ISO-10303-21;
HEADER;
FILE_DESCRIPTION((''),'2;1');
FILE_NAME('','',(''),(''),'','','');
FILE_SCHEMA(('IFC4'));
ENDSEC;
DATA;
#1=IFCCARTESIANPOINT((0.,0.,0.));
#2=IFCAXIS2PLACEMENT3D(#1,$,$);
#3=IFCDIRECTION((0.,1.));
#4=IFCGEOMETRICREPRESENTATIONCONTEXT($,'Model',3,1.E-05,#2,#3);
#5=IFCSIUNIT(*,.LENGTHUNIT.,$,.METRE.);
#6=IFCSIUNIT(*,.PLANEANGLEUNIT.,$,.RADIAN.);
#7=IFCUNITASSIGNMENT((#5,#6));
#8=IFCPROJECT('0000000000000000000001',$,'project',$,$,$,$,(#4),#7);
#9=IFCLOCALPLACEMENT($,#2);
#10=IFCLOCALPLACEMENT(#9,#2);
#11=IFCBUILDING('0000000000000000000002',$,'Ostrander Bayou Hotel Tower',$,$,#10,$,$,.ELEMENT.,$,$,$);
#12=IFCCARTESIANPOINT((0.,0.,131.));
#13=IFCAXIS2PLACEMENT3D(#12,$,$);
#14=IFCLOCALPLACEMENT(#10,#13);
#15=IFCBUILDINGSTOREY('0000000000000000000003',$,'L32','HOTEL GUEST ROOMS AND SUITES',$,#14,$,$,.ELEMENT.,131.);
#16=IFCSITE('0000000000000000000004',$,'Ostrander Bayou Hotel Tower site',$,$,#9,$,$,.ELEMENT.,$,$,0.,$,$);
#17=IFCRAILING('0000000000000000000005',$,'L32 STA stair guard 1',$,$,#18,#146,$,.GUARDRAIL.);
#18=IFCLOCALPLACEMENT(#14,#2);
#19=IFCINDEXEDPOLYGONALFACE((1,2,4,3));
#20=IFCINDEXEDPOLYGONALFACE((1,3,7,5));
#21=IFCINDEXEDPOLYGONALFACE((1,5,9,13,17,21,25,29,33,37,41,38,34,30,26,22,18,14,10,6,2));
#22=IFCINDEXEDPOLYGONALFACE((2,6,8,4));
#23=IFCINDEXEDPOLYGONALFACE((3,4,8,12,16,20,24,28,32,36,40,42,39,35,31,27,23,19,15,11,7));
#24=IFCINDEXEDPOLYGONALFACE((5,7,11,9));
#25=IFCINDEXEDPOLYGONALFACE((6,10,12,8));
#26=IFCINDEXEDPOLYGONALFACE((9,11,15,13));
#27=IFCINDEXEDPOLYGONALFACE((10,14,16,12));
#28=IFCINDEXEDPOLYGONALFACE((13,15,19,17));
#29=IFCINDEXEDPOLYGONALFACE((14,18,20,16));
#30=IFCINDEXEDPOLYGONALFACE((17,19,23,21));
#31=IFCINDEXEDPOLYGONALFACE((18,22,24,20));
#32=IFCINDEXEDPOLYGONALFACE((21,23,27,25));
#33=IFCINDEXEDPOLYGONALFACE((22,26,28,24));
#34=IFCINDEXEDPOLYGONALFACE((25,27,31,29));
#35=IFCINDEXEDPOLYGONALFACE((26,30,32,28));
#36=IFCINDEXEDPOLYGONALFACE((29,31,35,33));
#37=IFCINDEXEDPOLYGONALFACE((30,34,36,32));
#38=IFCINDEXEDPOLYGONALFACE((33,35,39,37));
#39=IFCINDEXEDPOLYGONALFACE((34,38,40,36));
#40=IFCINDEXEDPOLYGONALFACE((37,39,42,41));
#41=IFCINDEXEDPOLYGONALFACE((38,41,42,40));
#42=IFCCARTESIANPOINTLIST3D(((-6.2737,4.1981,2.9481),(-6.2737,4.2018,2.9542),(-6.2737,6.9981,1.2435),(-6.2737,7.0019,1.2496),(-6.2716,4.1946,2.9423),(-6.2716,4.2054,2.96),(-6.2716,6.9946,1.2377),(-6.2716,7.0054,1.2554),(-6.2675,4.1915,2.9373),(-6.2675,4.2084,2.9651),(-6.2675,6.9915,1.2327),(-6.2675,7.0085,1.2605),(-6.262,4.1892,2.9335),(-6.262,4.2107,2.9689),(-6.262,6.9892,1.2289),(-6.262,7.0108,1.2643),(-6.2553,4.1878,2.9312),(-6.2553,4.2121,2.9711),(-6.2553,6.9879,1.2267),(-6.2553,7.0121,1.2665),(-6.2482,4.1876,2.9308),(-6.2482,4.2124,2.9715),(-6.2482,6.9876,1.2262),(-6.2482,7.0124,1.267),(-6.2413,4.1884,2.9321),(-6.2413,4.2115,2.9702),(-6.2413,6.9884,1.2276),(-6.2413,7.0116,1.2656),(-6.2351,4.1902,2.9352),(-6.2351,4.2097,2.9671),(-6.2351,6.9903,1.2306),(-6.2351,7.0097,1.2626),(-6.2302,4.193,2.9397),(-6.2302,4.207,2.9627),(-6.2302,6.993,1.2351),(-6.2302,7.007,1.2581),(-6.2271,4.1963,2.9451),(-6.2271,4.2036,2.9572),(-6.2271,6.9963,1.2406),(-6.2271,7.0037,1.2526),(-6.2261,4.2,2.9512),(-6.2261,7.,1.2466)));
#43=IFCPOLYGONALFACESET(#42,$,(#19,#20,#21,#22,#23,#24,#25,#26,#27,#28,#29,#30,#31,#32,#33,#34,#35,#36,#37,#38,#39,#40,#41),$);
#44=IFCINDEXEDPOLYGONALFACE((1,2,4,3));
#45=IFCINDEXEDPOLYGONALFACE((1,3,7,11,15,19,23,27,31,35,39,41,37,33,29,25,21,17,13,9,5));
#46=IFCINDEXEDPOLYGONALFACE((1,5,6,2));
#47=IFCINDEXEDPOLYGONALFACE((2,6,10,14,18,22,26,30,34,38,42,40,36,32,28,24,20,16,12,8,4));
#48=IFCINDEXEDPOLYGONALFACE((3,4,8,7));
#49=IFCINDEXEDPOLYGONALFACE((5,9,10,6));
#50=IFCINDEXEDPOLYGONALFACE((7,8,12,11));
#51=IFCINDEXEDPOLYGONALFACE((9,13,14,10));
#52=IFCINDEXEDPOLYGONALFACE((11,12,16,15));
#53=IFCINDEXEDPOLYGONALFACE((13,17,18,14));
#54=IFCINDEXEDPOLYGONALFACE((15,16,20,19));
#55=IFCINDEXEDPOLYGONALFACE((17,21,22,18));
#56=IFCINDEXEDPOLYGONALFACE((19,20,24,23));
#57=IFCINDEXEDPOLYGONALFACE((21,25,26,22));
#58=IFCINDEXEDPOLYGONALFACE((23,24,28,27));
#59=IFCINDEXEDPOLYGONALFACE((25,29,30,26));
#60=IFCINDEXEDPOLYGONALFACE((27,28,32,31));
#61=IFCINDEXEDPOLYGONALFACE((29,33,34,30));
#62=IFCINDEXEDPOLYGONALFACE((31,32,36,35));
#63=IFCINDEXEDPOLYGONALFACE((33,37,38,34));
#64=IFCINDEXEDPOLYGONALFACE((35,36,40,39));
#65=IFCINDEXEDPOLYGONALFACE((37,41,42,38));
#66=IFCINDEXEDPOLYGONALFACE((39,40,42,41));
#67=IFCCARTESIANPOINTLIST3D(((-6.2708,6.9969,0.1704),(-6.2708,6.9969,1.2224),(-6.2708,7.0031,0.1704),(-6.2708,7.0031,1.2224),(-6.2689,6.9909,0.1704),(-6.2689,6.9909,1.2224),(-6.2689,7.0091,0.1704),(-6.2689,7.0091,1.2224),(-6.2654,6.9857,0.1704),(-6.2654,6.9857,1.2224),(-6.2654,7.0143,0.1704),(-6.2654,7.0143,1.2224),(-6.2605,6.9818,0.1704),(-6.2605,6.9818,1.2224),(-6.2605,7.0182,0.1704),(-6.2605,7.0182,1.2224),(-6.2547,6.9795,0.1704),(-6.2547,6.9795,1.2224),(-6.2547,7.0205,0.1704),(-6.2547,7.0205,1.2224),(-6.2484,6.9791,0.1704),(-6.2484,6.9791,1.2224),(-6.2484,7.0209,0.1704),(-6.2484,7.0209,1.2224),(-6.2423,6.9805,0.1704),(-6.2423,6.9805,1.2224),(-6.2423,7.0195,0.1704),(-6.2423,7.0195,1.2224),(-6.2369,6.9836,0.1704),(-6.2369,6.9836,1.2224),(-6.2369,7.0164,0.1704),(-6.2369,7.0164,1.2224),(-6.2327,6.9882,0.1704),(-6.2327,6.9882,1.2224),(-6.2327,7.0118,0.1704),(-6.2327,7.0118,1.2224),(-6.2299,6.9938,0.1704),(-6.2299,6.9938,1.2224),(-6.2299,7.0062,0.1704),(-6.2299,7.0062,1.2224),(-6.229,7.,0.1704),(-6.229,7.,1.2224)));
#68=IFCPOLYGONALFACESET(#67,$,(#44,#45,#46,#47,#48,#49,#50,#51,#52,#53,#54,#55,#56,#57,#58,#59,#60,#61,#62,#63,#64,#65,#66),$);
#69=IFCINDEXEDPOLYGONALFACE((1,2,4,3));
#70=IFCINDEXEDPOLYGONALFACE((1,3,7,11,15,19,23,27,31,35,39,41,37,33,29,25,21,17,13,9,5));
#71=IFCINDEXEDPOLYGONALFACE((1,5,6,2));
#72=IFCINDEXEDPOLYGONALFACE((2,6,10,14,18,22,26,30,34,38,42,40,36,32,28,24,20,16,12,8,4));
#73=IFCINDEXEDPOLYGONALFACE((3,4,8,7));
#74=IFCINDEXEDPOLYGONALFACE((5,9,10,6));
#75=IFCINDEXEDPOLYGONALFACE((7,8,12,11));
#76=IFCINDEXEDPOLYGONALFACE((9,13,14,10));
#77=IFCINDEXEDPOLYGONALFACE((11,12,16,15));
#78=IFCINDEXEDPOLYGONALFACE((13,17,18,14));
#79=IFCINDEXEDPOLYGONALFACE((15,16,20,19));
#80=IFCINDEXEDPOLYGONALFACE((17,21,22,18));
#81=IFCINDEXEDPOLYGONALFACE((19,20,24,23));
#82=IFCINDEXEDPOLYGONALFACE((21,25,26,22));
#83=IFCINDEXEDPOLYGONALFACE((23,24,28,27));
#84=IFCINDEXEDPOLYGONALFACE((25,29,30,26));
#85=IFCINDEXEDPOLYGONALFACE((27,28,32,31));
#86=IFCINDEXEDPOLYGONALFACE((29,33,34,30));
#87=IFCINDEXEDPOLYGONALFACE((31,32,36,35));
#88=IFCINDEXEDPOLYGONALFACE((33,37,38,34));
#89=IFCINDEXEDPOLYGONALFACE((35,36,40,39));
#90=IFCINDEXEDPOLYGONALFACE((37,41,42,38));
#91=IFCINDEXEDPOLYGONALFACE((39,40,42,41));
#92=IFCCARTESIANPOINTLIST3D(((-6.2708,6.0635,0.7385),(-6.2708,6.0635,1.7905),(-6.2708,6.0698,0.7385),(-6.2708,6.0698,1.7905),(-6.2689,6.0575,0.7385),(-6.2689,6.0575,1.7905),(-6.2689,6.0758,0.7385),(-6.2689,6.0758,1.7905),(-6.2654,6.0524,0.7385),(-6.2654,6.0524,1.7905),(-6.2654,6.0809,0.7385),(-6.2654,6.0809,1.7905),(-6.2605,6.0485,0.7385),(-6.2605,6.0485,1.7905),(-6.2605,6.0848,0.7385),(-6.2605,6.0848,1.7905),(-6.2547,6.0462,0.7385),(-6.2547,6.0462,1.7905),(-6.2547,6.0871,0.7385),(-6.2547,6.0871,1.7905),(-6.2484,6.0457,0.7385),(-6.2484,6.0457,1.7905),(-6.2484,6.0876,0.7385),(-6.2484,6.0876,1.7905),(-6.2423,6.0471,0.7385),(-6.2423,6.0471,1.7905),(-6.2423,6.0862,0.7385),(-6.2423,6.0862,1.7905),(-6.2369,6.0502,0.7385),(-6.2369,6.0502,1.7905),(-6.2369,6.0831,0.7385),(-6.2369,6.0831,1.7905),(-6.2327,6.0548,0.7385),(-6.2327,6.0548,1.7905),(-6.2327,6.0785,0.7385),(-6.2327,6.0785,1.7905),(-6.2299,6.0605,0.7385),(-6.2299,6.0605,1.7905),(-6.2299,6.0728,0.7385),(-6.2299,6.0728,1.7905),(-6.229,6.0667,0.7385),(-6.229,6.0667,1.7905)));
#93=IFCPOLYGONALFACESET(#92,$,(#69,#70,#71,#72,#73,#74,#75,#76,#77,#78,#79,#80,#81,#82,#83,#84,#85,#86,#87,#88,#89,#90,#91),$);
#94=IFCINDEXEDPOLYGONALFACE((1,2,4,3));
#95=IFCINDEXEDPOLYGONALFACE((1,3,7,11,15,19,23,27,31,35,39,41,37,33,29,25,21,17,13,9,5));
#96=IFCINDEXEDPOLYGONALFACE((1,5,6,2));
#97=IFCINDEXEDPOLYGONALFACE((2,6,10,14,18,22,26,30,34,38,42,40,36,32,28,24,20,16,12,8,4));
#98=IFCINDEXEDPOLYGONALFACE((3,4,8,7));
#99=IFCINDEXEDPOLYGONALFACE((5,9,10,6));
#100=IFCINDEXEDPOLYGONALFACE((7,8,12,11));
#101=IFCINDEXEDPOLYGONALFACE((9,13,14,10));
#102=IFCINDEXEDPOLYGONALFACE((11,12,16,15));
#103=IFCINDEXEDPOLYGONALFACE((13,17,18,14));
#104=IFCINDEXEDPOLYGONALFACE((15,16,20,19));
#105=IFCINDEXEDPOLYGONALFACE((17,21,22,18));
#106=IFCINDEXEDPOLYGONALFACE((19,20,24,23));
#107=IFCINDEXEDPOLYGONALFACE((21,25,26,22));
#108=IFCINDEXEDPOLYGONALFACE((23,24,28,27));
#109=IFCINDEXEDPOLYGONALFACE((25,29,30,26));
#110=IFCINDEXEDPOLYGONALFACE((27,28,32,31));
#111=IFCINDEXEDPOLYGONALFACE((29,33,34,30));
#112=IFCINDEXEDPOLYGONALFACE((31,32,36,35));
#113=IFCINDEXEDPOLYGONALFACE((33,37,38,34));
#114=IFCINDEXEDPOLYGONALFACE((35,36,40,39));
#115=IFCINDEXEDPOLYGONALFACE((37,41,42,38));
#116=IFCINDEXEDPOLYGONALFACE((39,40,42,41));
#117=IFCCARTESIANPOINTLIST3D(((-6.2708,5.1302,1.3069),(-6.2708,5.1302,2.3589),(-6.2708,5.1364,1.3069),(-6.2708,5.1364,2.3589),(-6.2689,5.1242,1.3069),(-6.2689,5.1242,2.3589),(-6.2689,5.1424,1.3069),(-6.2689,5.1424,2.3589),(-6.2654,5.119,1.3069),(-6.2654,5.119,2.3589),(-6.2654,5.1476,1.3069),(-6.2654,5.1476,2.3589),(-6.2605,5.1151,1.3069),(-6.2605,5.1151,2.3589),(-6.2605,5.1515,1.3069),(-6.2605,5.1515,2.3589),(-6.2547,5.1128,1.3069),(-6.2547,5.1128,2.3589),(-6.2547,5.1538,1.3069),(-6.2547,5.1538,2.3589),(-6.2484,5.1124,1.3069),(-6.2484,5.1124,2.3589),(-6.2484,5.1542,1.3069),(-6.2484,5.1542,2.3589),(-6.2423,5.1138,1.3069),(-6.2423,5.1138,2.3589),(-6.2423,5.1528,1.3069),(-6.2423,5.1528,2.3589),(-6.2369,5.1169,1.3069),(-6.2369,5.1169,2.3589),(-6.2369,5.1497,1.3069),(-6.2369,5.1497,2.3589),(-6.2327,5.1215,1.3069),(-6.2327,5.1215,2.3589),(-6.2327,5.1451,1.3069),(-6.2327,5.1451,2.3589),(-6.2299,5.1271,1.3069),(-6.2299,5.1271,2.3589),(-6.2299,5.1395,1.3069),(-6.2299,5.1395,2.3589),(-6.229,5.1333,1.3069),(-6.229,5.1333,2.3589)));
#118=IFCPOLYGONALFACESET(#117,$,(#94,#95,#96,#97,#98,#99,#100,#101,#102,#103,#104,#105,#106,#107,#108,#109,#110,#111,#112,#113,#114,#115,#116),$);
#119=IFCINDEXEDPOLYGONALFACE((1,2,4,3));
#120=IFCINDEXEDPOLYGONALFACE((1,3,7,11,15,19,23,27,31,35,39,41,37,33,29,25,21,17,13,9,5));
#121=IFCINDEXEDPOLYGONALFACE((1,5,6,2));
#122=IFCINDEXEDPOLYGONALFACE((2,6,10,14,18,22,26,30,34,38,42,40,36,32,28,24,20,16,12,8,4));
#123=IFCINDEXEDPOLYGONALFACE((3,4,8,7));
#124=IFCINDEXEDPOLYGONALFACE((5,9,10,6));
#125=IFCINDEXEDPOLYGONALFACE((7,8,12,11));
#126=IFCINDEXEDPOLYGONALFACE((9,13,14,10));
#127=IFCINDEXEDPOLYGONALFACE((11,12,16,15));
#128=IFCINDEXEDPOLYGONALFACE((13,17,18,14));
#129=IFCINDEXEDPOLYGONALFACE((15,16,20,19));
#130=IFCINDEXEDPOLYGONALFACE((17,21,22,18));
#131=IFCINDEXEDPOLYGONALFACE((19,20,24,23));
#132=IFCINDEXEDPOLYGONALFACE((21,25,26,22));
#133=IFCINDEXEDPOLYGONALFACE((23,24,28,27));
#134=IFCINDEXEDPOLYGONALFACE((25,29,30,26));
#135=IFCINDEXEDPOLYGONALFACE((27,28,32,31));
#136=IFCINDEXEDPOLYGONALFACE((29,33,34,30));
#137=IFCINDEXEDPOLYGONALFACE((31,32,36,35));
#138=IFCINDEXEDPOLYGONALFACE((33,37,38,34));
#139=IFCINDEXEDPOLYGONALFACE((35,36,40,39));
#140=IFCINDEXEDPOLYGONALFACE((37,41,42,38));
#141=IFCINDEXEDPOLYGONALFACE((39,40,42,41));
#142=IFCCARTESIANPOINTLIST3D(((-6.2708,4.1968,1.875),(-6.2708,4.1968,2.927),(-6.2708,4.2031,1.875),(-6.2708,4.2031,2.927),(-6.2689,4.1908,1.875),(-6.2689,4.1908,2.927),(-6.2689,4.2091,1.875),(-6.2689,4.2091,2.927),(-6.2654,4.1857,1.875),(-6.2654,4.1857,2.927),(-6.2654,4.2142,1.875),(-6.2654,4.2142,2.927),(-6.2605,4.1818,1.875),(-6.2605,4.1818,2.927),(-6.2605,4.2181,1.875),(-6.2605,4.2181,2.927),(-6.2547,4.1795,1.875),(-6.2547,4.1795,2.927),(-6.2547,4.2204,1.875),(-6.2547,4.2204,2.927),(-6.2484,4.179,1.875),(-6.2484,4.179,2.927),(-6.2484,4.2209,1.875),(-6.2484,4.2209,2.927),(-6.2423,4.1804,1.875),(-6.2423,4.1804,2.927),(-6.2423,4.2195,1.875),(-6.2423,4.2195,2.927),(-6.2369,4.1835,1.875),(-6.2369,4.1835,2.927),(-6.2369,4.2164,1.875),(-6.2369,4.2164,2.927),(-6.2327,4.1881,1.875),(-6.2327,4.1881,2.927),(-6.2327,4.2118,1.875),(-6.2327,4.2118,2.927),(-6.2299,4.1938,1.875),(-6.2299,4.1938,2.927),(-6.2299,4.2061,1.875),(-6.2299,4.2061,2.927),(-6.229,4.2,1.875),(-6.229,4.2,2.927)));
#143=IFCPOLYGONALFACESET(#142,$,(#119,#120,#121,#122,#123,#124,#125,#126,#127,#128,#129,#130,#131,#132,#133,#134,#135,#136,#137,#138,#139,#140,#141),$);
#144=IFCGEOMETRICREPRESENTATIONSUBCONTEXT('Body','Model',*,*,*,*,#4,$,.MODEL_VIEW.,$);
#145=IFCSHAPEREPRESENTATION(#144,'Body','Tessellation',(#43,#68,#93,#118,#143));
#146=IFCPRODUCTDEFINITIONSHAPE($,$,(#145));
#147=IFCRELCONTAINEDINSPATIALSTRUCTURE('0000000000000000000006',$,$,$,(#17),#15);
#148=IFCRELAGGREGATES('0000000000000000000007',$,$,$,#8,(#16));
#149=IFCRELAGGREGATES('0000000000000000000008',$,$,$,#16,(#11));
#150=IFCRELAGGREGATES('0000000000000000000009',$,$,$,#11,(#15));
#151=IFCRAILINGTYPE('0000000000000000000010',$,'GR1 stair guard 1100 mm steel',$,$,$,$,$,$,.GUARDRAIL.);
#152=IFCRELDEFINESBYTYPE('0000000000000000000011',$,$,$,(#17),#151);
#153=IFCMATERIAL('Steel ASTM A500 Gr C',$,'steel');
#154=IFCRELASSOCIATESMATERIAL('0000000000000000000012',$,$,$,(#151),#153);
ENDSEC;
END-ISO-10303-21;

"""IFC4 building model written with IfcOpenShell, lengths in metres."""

from ifc_helpers import new_model, si_unit, direction, frame, origin, origin_2d, place, context, subcontext, project, spatial, circle, extrude, material, type_object, element, save


model = new_model("IFC4")

# Units and contexts
model_context = context("Model", 3, precision=1e-05, world=origin(), true_north=direction((0.0, 1.0)))
body_context = subcontext(model_context, "Body", "Model", "MODEL_VIEW")
ifc_project = project(units=[si_unit("LENGTHUNIT", "METRE"), si_unit("PLANEANGLEUNIT", "RADIAN")], contexts=[model_context])

# Site, building, storey
site_placement = place(None, origin())
site = spatial("IfcSite", under=ifc_project, at=site_placement, Name="Ostrander Bayou Hotel Tower site", CompositionType="ELEMENT", RefElevation=0.0)
building_placement = place(site_placement, origin())
building = spatial("IfcBuilding", under=site, at=building_placement, Name="Ostrander Bayou Hotel Tower", CompositionType="ELEMENT")
storey_placement = place(building_placement, frame((0.0, 0.0, 131.0)))
storey = spatial("IfcBuildingStorey", under=building, at=storey_placement, Name="L32", Description="HOTEL GUEST ROOMS AND SUITES", CompositionType="ELEMENT", Elevation=131.0)

# Railing
ifc_material_1 = material(Name="Steel ASTM A500 Gr C", Category="steel")
railing_type_1 = type_object("IfcRailingType", Name="GR1 stair guard 1100 mm steel", PredefinedType="GUARDRAIL", material=ifc_material_1)
railing_1_placement = place(storey_placement, frame((-6.25, 7.0, 0.1704)))
element("IfcRailing", 1, at=railing_1_placement, inside=storey, type_object=railing_type_1, Name="L32 STA stair guard 1", PredefinedType="GUARDRAIL", context=body_context, shape_type="SweptSolid", body=[
    extrude(circle(Radius=0.0239, at=origin_2d()), frame((0.0, 0.0, 1.0762), z_axis=(0.0, -0.85417, 0.519994), x_axis=(1.0, 0.0, 0.0)), (0.0, 0.0, 1.0), 3.2781),
    extrude(circle(Radius=0.021, at=origin_2d()), origin(), (0.0, 0.0, 1.0), 1.052),
    extrude(circle(Radius=0.021, at=origin_2d()), frame((0.0, -0.9333, 0.5681)), (0.0, 0.0, 1.0), 1.052),
    extrude(circle(Radius=0.021, at=origin_2d()), frame((0.0, -1.8667, 1.1365)), (0.0, 0.0, 1.0), 1.052),
    extrude(circle(Radius=0.021, at=origin_2d()), frame((0.0, -2.8, 1.7046)), (0.0, 0.0, 1.0), 1.052),
])

save(model, "model.ifc")
